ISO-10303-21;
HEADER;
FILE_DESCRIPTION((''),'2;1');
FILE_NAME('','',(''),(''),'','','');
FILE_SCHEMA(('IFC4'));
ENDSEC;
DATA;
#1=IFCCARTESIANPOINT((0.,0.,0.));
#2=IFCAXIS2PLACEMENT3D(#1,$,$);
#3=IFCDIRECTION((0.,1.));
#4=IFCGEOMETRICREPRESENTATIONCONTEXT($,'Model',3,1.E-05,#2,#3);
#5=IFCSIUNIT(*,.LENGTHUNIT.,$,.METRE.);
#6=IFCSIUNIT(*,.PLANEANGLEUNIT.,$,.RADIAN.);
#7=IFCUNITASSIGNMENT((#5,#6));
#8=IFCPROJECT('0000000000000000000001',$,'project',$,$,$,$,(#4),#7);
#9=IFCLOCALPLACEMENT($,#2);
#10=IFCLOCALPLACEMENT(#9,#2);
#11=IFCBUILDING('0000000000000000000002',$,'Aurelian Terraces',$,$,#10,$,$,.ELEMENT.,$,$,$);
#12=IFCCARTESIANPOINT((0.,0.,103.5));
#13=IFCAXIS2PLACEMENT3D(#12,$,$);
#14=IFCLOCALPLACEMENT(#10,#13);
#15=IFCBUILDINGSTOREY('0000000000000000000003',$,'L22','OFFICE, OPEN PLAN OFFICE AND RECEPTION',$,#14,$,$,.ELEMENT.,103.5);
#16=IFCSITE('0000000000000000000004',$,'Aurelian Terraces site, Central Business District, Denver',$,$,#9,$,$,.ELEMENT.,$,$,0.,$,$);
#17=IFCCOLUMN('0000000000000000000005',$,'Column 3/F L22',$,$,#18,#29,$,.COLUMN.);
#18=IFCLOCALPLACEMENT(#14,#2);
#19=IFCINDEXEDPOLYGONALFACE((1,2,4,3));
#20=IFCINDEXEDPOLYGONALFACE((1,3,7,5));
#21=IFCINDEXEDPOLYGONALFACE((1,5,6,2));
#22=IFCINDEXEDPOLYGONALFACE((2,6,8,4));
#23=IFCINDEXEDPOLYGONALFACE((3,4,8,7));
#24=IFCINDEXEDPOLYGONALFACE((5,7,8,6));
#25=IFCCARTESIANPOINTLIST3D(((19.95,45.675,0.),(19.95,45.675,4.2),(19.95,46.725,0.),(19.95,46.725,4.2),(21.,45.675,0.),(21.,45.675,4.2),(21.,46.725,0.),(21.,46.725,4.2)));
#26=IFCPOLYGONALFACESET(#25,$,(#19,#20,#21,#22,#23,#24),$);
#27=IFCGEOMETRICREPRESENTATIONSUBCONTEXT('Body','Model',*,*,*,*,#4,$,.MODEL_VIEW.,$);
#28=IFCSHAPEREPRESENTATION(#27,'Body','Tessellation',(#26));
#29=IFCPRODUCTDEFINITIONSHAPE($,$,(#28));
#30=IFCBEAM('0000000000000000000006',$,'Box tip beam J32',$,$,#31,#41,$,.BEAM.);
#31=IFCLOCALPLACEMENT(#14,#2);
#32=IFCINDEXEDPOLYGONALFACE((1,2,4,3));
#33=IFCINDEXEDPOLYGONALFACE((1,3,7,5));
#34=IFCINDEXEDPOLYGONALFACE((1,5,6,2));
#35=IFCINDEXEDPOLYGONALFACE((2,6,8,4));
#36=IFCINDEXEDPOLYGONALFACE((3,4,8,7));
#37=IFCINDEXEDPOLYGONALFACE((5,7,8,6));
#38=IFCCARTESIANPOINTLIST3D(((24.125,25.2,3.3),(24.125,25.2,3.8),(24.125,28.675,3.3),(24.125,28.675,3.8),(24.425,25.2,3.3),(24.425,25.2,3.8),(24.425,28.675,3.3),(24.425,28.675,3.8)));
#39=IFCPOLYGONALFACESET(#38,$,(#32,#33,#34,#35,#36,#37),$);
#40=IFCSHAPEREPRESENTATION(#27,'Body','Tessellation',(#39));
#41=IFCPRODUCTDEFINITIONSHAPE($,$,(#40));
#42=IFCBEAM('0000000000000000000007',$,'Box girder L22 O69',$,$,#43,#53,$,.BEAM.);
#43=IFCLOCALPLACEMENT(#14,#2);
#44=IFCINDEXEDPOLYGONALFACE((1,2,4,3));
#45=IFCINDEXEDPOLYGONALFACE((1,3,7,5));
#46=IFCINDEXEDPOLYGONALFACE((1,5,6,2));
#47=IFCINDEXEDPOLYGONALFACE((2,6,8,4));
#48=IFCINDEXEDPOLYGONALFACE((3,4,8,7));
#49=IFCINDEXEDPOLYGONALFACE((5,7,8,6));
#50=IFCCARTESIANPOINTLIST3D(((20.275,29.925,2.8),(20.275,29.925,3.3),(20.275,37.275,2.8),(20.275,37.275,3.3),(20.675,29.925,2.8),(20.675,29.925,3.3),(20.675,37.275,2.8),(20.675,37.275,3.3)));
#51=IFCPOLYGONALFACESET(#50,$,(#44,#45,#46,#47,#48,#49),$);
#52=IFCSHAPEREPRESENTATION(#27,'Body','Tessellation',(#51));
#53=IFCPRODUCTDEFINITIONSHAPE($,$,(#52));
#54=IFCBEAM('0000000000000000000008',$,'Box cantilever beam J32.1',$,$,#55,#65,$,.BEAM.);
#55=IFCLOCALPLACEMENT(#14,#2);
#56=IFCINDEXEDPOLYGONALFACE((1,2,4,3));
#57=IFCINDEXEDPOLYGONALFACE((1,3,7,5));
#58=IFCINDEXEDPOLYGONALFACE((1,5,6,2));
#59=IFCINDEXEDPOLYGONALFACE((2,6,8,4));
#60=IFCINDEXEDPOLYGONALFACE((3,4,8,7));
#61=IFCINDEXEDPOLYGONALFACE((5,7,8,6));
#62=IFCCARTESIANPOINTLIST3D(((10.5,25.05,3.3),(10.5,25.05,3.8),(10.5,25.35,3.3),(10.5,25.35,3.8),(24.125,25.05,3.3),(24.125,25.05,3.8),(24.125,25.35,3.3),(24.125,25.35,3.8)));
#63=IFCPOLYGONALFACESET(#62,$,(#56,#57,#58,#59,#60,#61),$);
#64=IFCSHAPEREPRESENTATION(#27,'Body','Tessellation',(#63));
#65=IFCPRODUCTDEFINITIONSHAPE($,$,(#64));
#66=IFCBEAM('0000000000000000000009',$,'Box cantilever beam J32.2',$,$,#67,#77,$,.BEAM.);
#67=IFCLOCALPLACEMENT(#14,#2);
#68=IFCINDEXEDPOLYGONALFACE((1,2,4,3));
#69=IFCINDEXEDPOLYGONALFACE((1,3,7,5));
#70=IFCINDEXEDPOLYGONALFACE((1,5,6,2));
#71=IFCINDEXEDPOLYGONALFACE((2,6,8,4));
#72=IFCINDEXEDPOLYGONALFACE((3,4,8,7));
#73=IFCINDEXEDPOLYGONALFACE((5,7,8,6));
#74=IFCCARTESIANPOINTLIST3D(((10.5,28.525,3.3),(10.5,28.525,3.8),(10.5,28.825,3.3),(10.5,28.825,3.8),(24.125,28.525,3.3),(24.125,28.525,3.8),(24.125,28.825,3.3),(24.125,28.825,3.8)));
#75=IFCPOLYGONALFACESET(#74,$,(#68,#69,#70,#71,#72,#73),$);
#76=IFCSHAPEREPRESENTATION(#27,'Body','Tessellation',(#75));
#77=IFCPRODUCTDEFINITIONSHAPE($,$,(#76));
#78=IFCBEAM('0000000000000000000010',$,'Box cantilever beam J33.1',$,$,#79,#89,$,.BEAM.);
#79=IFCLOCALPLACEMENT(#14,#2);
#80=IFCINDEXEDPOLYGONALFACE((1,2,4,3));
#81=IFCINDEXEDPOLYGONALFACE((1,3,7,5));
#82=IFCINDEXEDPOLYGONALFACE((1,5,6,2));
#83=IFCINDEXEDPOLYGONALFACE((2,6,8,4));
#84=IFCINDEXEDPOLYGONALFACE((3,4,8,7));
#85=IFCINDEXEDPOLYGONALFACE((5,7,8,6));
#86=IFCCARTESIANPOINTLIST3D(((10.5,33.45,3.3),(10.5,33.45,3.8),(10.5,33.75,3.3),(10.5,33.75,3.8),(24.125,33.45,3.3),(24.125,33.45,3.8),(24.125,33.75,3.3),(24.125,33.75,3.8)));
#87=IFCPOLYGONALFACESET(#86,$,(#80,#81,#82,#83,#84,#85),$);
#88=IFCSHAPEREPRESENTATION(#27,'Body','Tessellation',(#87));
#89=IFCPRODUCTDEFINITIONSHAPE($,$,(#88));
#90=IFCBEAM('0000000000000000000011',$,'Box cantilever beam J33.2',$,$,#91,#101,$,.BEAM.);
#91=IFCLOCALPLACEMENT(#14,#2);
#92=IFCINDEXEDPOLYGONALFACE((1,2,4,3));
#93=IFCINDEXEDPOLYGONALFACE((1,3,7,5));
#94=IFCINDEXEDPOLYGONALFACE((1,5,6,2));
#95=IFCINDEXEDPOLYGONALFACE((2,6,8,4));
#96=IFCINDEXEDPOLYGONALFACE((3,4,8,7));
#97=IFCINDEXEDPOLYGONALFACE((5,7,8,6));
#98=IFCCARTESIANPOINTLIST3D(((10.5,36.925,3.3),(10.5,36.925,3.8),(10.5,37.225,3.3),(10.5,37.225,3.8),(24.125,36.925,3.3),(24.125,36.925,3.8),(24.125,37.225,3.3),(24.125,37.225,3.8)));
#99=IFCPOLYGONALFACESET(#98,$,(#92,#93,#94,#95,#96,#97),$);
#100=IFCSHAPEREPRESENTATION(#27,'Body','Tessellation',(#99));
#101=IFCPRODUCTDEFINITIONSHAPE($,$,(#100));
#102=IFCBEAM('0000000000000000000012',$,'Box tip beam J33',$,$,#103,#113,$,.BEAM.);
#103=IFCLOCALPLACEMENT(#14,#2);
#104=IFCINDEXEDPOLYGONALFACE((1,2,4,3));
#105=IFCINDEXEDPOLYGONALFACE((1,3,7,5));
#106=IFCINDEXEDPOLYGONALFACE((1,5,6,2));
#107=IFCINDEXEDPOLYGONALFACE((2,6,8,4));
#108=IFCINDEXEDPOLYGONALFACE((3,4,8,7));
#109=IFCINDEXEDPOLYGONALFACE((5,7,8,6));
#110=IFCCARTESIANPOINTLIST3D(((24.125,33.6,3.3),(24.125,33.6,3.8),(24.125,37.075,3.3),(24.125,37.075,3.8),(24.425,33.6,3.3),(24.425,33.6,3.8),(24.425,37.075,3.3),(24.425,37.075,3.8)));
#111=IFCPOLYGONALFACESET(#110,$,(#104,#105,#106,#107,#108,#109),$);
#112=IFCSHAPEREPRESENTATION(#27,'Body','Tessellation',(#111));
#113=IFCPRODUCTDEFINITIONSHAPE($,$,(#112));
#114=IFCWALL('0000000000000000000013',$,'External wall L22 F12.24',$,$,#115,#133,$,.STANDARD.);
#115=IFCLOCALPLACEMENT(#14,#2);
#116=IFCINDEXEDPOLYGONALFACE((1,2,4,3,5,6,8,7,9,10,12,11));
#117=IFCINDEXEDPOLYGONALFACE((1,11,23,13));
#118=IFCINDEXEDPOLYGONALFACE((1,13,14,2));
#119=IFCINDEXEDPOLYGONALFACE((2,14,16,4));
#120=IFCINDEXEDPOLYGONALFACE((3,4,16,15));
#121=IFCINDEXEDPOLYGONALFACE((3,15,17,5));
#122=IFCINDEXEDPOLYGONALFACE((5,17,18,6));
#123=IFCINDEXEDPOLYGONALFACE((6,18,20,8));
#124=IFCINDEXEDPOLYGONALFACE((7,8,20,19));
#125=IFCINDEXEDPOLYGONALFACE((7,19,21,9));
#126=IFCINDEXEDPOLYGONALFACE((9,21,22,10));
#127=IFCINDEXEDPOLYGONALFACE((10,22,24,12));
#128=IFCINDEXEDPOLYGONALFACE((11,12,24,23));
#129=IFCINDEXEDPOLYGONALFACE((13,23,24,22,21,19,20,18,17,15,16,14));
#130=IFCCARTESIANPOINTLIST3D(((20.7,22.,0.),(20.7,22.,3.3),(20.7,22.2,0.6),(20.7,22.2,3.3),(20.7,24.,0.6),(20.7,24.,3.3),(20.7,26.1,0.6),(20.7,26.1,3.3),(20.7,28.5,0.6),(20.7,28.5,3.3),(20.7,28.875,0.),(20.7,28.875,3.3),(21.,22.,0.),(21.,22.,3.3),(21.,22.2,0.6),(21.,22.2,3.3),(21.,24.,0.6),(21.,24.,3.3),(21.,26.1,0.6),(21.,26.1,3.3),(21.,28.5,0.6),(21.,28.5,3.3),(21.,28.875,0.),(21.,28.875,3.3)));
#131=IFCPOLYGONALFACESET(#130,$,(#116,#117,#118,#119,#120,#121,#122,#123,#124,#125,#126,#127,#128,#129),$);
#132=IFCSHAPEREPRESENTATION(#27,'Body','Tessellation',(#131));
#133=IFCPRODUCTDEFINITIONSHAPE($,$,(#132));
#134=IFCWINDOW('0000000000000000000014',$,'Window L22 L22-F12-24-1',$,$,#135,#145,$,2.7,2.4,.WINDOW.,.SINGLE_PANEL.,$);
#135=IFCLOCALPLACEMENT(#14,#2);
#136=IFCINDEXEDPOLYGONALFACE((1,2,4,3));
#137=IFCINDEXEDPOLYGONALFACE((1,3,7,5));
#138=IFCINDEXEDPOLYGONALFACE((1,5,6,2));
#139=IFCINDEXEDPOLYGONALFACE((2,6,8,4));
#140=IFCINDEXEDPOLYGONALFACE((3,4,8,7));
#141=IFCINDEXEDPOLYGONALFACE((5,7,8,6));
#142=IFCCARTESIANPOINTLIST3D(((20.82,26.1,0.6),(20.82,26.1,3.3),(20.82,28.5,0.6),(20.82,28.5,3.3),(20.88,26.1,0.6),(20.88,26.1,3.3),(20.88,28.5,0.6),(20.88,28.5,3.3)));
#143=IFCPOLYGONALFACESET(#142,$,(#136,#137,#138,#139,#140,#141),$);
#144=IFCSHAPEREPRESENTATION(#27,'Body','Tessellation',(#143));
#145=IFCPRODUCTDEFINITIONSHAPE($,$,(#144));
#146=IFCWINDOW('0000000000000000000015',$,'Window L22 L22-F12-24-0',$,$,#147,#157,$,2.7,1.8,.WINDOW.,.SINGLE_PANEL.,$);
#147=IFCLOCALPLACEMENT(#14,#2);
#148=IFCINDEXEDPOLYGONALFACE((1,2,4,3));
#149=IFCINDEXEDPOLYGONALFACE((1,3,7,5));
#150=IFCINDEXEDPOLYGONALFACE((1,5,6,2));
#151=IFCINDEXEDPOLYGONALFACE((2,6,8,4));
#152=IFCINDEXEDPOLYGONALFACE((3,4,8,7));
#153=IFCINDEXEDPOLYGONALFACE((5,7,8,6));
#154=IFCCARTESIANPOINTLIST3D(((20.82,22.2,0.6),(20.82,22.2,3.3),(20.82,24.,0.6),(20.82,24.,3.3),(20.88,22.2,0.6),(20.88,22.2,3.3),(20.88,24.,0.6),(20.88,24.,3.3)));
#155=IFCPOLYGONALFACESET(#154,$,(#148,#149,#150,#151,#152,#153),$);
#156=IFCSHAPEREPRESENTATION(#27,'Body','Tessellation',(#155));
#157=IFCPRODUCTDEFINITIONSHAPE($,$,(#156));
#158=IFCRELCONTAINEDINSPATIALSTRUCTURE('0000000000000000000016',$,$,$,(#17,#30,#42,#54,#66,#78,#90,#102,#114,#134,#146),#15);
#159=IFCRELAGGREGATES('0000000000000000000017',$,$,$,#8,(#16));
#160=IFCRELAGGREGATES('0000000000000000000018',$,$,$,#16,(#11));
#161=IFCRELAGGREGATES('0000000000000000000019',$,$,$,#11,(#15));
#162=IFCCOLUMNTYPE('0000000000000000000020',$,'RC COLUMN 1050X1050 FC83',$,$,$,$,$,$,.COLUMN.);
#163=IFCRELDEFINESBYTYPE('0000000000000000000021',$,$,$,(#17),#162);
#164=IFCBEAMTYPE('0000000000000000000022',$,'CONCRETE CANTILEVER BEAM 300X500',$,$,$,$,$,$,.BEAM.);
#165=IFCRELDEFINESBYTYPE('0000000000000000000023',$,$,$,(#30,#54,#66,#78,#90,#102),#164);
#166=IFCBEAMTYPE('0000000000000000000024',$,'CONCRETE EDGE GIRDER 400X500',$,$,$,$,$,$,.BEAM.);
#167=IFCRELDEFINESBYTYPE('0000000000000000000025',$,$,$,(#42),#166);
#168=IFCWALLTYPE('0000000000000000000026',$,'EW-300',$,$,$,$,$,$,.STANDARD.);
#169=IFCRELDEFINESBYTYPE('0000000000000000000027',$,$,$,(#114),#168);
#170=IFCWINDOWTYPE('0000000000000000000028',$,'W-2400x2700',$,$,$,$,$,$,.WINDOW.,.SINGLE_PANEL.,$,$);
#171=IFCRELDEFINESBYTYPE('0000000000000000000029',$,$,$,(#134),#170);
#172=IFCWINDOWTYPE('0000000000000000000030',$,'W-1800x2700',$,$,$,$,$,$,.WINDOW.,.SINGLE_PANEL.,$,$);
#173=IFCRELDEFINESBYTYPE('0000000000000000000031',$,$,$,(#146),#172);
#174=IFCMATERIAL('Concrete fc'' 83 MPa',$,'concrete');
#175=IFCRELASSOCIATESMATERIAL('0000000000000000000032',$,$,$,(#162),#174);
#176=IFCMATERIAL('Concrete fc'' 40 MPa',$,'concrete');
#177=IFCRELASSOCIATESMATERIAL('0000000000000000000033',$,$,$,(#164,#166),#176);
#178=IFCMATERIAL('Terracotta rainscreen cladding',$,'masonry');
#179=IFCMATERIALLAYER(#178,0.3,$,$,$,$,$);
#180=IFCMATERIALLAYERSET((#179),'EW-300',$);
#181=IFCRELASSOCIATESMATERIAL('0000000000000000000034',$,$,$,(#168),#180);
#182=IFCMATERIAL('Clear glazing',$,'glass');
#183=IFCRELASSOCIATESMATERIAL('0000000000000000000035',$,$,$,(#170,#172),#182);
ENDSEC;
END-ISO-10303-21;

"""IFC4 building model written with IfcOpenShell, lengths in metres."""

from ifc_helpers import new_model, si_unit, direction, frame, frame_2d, origin, origin_2d, place, context, subcontext, project, spatial, rectangle, extrude, source, transform, mapped, material, layer, layer_set, material_profile, profile_set, type_object, element, fill, save


model = new_model("IFC4")

# Units and contexts
model_context = context("Model", 3, precision=1e-05, world=origin(), true_north=direction((0.0, 1.0)))
body_context = subcontext(model_context, "Body", "Model", "MODEL_VIEW")
ifc_project = project(units=[si_unit("LENGTHUNIT", "METRE"), si_unit("PLANEANGLEUNIT", "RADIAN")], contexts=[model_context])

# Site, building, storey
site_placement = place(None, origin())
site = spatial("IfcSite", under=ifc_project, at=site_placement, Name="Aurelian Terraces site, Central Business District, Denver", CompositionType="ELEMENT", RefElevation=0.0)
building_placement = place(site_placement, origin())
building = spatial("IfcBuilding", under=site, at=building_placement, Name="Aurelian Terraces", CompositionType="ELEMENT")
storey_placement = place(building_placement, frame((0.0, 0.0, 103.5)))
storey = spatial("IfcBuildingStorey", under=building, at=storey_placement, Name="L22", Description="OFFICE, OPEN PLAN OFFICE AND RECEPTION", CompositionType="ELEMENT", Elevation=103.5)

# Column
ifc_material_1 = material(Name="Concrete fc' 83 MPa", Category="concrete")
ifc_material_profile_1 = material_profile(ifc_material_1, rectangle(XDim=1.05, YDim=1.05, at=origin_2d()))
ifc_profile_set_1 = profile_set([ifc_material_profile_1], Name="Concrete fc' 83 MPa")
column_type = type_object("IfcColumnType", Name="RC COLUMN 1050X1050 FC83", PredefinedType="COLUMN", material=ifc_profile_set_1)
shared_shape_1 = source(origin(), body_context, "Body", "SweptSolid", [
    extrude(rectangle(XDim=1.05, YDim=1.05, at=origin_2d()), origin(), (0.0, 0.0, 1.0), 4.2),
])
column_placement = place(storey_placement, frame((20.475, 46.2, 0.0), z_axis=(0.0, 0.0, 1.0), x_axis=(1.0, 0.0, 0.0)))
element("IfcColumn", 1, at=column_placement, inside=storey, type_object=column_type, Name="Column 3/F L22", PredefinedType="COLUMN", context=body_context, shape_type="MappedRepresentation", body=[
    mapped(shared_shape_1, transform((0.0, 0.0, 0.0), scale=1.0)),
])

# Beams
ifc_material_2 = material(Name="Concrete fc' 40 MPa", Category="concrete")
ifc_material_profile_2 = material_profile(ifc_material_2, rectangle(XDim=0.3, YDim=0.5, at=origin_2d()))
ifc_profile_set_2 = profile_set([ifc_material_profile_2], Name="Concrete fc' 40 MPa")
beam_type_1 = type_object("IfcBeamType", Name="CONCRETE CANTILEVER BEAM 300X500", PredefinedType="BEAM", material=ifc_profile_set_2)
beam_1_placement = place(storey_placement, frame((24.275, 25.2, 3.55), z_axis=(0.0, 1.0, 0.0), x_axis=(-1.0, 0.0, 0.0)))
element("IfcBeam", 2, at=beam_1_placement, inside=storey, type_object=beam_type_1, Name="Box tip beam J32", PredefinedType="BEAM", context=body_context, shape_type="SweptSolid", body=[
    extrude(rectangle(XDim=0.3, YDim=0.5, at=origin_2d()), origin(), (0.0, 0.0, 1.0), 3.475),
])
ifc_material_profile_3 = material_profile(ifc_material_2, rectangle(XDim=0.4, YDim=0.5, at=origin_2d()))
ifc_profile_set_3 = profile_set([ifc_material_profile_3], Name="Concrete fc' 40 MPa")
beam_type_2 = type_object("IfcBeamType", Name="CONCRETE EDGE GIRDER 400X500", PredefinedType="BEAM", material=ifc_profile_set_3)
beam_2_placement = place(storey_placement, frame((20.475, 29.925, 3.05), z_axis=(0.0, 1.0, 0.0), x_axis=(-1.0, 0.0, 0.0)))
element("IfcBeam", 3, at=beam_2_placement, inside=storey, type_object=beam_type_2, Name="Box girder L22 O69", PredefinedType="BEAM", context=body_context, shape_type="SweptSolid", body=[
    extrude(rectangle(XDim=0.4, YDim=0.5, at=origin_2d()), origin(), (0.0, 0.0, 1.0), 7.35),
])
shared_shape_2 = source(origin(), body_context, "Body", "SweptSolid", [
    extrude(rectangle(XDim=0.3, YDim=0.5, at=origin_2d()), origin(), (0.0, 0.0, 1.0), 13.625),
])
for number, where, z_axis, x_axis, name in (
    (4, (24.125, 25.2, 3.55), (-1.0, 0.0, 0.0), (0.0, -1.0, 0.0), "Box cantilever beam J32.1"),
    (5, (24.125, 28.675, 3.55), (-1.0, 0.0, 0.0), (0.0, -1.0, 0.0), "Box cantilever beam J32.2"),
    (6, (24.125, 33.6, 3.55), (-1.0, 0.0, 0.0), (0.0, -1.0, 0.0), "Box cantilever beam J33.1"),
    (7, (24.125, 37.075, 3.55), (-1.0, 0.0, 0.0), (0.0, -1.0, 0.0), "Box cantilever beam J33.2"),
):
    element("IfcBeam", number, at=place(storey_placement, frame(where, z_axis=z_axis, x_axis=x_axis)), inside=storey, type_object=beam_type_1, Name=name, PredefinedType="BEAM", context=body_context, shape_type="MappedRepresentation", body=[
        mapped(shared_shape_2, transform((0.0, 0.0, 0.0), scale=1.0)),
    ])
shared_shape_3 = source(origin(), body_context, "Body", "SweptSolid", [
    extrude(rectangle(XDim=0.3, YDim=0.5, at=origin_2d()), origin(), (0.0, 0.0, 1.0), 3.475),
])
beam_3_placement = place(storey_placement, frame((24.275, 33.6, 3.55), z_axis=(0.0, 1.0, 0.0), x_axis=(-1.0, 0.0, 0.0)))
element("IfcBeam", 8, at=beam_3_placement, inside=storey, type_object=beam_type_1, Name="Box tip beam J33", PredefinedType="BEAM", context=body_context, shape_type="MappedRepresentation", body=[
    mapped(shared_shape_3, transform((0.0, 0.0, 0.0), scale=1.0)),
])

# Wall, openings, windows
ifc_material_3 = material(Name="Terracotta rainscreen cladding", Category="masonry")
ifc_layer_1 = layer(ifc_material_3, 0.3)
ifc_layer_set_1 = layer_set([ifc_layer_1], Name="EW-300")
wall_type_1 = type_object("IfcWallType", Name="EW-300", PredefinedType="STANDARD", material=ifc_layer_set_1)
wall_1_placement = place(storey_placement, frame((20.85, 22.0, 0.0), z_axis=(0.0, 0.0, 1.0), x_axis=(0.0, 1.0, 0.0)))
wall_1 = element("IfcWall", 9, at=wall_1_placement, inside=storey, type_object=wall_type_1, Name="External wall L22 F12.24", PredefinedType="STANDARD", context=body_context, shape_type="SweptSolid", body=[
    extrude(rectangle(XDim=6.875, YDim=0.3, at=frame_2d((3.4375, 0.0))), origin(), (0.0, 0.0, 1.0), 3.3),
])
shared_shape_4 = source(origin(), body_context, "Body", "SweptSolid", [
    extrude(rectangle(XDim=1.8, YDim=2.7, at=frame_2d((0.9, 1.35))), frame((0.0, 0.16, 0.0), z_axis=(0.0, -1.0, 0.0), x_axis=(1.0, 0.0, 0.0)), (0.0, 0.0, 1.0), 0.32),
])
opening_1_placement = place(wall_1_placement, frame((0.2, 0.0, 0.6)))
opening_1 = element("IfcOpeningElement", 10, at=opening_1_placement, cuts=wall_1, PredefinedType="OPENING", context=body_context, shape_type="MappedRepresentation", body=[
    mapped(shared_shape_4, transform((0.0, 0.0, 0.0), scale=1.0)),
])
shared_shape_5 = source(origin(), body_context, "Body", "SweptSolid", [
    extrude(rectangle(XDim=2.4, YDim=2.7, at=frame_2d((1.2, 1.35))), frame((0.0, 0.16, 0.0), z_axis=(0.0, -1.0, 0.0), x_axis=(1.0, 0.0, 0.0)), (0.0, 0.0, 1.0), 0.32),
])
opening_2_placement = place(wall_1_placement, frame((4.1, 0.0, 0.6)))
opening_2 = element("IfcOpeningElement", 11, at=opening_2_placement, cuts=wall_1, PredefinedType="OPENING", context=body_context, shape_type="MappedRepresentation", body=[
    mapped(shared_shape_5, transform((0.0, 0.0, 0.0), scale=1.0)),
])
ifc_material_4 = material(Name="Clear glazing", Category="glass")
window_type_1 = type_object("IfcWindowType", Name="W-2400x2700", PartitioningType="SINGLE_PANEL", PredefinedType="WINDOW", material=ifc_material_4)
shared_shape_6 = source(origin(), body_context, "Body", "SweptSolid", [
    extrude(rectangle(XDim=2.4, YDim=2.7, at=frame_2d((1.2, 1.35))), frame((0.0, 0.03, 0.0), z_axis=(0.0, -1.0, 0.0), x_axis=(1.0, 0.0, 0.0)), (0.0, 0.0, 1.0), 0.06),
])
window_1_placement = place(opening_2_placement, origin())
window_1 = element("IfcWindow", 12, at=window_1_placement, inside=storey, type_object=window_type_1, Name="Window L22 L22-F12-24-1", OverallHeight=2.7, OverallWidth=2.4, PartitioningType="SINGLE_PANEL", PredefinedType="WINDOW", context=body_context, shape_type="MappedRepresentation", body=[
    mapped(shared_shape_6, transform((0.0, 0.0, 0.0), scale=1.0)),
])
fill(opening_2, window_1)
window_type_2 = type_object("IfcWindowType", Name="W-1800x2700", PartitioningType="SINGLE_PANEL", PredefinedType="WINDOW", material=ifc_material_4)
shared_shape_7 = source(origin(), body_context, "Body", "SweptSolid", [
    extrude(rectangle(XDim=1.8, YDim=2.7, at=frame_2d((0.9, 1.35))), frame((0.0, 0.03, 0.0), z_axis=(0.0, -1.0, 0.0), x_axis=(1.0, 0.0, 0.0)), (0.0, 0.0, 1.0), 0.06),
])
window_2_placement = place(opening_1_placement, origin())
window_2 = element("IfcWindow", 13, at=window_2_placement, inside=storey, type_object=window_type_2, Name="Window L22 L22-F12-24-0", OverallHeight=2.7, OverallWidth=1.8, PartitioningType="SINGLE_PANEL", PredefinedType="WINDOW", context=body_context, shape_type="MappedRepresentation", body=[
    mapped(shared_shape_7, transform((0.0, 0.0, 0.0), scale=1.0)),
])
fill(opening_1, window_2)

save(model, "model.ifc")
